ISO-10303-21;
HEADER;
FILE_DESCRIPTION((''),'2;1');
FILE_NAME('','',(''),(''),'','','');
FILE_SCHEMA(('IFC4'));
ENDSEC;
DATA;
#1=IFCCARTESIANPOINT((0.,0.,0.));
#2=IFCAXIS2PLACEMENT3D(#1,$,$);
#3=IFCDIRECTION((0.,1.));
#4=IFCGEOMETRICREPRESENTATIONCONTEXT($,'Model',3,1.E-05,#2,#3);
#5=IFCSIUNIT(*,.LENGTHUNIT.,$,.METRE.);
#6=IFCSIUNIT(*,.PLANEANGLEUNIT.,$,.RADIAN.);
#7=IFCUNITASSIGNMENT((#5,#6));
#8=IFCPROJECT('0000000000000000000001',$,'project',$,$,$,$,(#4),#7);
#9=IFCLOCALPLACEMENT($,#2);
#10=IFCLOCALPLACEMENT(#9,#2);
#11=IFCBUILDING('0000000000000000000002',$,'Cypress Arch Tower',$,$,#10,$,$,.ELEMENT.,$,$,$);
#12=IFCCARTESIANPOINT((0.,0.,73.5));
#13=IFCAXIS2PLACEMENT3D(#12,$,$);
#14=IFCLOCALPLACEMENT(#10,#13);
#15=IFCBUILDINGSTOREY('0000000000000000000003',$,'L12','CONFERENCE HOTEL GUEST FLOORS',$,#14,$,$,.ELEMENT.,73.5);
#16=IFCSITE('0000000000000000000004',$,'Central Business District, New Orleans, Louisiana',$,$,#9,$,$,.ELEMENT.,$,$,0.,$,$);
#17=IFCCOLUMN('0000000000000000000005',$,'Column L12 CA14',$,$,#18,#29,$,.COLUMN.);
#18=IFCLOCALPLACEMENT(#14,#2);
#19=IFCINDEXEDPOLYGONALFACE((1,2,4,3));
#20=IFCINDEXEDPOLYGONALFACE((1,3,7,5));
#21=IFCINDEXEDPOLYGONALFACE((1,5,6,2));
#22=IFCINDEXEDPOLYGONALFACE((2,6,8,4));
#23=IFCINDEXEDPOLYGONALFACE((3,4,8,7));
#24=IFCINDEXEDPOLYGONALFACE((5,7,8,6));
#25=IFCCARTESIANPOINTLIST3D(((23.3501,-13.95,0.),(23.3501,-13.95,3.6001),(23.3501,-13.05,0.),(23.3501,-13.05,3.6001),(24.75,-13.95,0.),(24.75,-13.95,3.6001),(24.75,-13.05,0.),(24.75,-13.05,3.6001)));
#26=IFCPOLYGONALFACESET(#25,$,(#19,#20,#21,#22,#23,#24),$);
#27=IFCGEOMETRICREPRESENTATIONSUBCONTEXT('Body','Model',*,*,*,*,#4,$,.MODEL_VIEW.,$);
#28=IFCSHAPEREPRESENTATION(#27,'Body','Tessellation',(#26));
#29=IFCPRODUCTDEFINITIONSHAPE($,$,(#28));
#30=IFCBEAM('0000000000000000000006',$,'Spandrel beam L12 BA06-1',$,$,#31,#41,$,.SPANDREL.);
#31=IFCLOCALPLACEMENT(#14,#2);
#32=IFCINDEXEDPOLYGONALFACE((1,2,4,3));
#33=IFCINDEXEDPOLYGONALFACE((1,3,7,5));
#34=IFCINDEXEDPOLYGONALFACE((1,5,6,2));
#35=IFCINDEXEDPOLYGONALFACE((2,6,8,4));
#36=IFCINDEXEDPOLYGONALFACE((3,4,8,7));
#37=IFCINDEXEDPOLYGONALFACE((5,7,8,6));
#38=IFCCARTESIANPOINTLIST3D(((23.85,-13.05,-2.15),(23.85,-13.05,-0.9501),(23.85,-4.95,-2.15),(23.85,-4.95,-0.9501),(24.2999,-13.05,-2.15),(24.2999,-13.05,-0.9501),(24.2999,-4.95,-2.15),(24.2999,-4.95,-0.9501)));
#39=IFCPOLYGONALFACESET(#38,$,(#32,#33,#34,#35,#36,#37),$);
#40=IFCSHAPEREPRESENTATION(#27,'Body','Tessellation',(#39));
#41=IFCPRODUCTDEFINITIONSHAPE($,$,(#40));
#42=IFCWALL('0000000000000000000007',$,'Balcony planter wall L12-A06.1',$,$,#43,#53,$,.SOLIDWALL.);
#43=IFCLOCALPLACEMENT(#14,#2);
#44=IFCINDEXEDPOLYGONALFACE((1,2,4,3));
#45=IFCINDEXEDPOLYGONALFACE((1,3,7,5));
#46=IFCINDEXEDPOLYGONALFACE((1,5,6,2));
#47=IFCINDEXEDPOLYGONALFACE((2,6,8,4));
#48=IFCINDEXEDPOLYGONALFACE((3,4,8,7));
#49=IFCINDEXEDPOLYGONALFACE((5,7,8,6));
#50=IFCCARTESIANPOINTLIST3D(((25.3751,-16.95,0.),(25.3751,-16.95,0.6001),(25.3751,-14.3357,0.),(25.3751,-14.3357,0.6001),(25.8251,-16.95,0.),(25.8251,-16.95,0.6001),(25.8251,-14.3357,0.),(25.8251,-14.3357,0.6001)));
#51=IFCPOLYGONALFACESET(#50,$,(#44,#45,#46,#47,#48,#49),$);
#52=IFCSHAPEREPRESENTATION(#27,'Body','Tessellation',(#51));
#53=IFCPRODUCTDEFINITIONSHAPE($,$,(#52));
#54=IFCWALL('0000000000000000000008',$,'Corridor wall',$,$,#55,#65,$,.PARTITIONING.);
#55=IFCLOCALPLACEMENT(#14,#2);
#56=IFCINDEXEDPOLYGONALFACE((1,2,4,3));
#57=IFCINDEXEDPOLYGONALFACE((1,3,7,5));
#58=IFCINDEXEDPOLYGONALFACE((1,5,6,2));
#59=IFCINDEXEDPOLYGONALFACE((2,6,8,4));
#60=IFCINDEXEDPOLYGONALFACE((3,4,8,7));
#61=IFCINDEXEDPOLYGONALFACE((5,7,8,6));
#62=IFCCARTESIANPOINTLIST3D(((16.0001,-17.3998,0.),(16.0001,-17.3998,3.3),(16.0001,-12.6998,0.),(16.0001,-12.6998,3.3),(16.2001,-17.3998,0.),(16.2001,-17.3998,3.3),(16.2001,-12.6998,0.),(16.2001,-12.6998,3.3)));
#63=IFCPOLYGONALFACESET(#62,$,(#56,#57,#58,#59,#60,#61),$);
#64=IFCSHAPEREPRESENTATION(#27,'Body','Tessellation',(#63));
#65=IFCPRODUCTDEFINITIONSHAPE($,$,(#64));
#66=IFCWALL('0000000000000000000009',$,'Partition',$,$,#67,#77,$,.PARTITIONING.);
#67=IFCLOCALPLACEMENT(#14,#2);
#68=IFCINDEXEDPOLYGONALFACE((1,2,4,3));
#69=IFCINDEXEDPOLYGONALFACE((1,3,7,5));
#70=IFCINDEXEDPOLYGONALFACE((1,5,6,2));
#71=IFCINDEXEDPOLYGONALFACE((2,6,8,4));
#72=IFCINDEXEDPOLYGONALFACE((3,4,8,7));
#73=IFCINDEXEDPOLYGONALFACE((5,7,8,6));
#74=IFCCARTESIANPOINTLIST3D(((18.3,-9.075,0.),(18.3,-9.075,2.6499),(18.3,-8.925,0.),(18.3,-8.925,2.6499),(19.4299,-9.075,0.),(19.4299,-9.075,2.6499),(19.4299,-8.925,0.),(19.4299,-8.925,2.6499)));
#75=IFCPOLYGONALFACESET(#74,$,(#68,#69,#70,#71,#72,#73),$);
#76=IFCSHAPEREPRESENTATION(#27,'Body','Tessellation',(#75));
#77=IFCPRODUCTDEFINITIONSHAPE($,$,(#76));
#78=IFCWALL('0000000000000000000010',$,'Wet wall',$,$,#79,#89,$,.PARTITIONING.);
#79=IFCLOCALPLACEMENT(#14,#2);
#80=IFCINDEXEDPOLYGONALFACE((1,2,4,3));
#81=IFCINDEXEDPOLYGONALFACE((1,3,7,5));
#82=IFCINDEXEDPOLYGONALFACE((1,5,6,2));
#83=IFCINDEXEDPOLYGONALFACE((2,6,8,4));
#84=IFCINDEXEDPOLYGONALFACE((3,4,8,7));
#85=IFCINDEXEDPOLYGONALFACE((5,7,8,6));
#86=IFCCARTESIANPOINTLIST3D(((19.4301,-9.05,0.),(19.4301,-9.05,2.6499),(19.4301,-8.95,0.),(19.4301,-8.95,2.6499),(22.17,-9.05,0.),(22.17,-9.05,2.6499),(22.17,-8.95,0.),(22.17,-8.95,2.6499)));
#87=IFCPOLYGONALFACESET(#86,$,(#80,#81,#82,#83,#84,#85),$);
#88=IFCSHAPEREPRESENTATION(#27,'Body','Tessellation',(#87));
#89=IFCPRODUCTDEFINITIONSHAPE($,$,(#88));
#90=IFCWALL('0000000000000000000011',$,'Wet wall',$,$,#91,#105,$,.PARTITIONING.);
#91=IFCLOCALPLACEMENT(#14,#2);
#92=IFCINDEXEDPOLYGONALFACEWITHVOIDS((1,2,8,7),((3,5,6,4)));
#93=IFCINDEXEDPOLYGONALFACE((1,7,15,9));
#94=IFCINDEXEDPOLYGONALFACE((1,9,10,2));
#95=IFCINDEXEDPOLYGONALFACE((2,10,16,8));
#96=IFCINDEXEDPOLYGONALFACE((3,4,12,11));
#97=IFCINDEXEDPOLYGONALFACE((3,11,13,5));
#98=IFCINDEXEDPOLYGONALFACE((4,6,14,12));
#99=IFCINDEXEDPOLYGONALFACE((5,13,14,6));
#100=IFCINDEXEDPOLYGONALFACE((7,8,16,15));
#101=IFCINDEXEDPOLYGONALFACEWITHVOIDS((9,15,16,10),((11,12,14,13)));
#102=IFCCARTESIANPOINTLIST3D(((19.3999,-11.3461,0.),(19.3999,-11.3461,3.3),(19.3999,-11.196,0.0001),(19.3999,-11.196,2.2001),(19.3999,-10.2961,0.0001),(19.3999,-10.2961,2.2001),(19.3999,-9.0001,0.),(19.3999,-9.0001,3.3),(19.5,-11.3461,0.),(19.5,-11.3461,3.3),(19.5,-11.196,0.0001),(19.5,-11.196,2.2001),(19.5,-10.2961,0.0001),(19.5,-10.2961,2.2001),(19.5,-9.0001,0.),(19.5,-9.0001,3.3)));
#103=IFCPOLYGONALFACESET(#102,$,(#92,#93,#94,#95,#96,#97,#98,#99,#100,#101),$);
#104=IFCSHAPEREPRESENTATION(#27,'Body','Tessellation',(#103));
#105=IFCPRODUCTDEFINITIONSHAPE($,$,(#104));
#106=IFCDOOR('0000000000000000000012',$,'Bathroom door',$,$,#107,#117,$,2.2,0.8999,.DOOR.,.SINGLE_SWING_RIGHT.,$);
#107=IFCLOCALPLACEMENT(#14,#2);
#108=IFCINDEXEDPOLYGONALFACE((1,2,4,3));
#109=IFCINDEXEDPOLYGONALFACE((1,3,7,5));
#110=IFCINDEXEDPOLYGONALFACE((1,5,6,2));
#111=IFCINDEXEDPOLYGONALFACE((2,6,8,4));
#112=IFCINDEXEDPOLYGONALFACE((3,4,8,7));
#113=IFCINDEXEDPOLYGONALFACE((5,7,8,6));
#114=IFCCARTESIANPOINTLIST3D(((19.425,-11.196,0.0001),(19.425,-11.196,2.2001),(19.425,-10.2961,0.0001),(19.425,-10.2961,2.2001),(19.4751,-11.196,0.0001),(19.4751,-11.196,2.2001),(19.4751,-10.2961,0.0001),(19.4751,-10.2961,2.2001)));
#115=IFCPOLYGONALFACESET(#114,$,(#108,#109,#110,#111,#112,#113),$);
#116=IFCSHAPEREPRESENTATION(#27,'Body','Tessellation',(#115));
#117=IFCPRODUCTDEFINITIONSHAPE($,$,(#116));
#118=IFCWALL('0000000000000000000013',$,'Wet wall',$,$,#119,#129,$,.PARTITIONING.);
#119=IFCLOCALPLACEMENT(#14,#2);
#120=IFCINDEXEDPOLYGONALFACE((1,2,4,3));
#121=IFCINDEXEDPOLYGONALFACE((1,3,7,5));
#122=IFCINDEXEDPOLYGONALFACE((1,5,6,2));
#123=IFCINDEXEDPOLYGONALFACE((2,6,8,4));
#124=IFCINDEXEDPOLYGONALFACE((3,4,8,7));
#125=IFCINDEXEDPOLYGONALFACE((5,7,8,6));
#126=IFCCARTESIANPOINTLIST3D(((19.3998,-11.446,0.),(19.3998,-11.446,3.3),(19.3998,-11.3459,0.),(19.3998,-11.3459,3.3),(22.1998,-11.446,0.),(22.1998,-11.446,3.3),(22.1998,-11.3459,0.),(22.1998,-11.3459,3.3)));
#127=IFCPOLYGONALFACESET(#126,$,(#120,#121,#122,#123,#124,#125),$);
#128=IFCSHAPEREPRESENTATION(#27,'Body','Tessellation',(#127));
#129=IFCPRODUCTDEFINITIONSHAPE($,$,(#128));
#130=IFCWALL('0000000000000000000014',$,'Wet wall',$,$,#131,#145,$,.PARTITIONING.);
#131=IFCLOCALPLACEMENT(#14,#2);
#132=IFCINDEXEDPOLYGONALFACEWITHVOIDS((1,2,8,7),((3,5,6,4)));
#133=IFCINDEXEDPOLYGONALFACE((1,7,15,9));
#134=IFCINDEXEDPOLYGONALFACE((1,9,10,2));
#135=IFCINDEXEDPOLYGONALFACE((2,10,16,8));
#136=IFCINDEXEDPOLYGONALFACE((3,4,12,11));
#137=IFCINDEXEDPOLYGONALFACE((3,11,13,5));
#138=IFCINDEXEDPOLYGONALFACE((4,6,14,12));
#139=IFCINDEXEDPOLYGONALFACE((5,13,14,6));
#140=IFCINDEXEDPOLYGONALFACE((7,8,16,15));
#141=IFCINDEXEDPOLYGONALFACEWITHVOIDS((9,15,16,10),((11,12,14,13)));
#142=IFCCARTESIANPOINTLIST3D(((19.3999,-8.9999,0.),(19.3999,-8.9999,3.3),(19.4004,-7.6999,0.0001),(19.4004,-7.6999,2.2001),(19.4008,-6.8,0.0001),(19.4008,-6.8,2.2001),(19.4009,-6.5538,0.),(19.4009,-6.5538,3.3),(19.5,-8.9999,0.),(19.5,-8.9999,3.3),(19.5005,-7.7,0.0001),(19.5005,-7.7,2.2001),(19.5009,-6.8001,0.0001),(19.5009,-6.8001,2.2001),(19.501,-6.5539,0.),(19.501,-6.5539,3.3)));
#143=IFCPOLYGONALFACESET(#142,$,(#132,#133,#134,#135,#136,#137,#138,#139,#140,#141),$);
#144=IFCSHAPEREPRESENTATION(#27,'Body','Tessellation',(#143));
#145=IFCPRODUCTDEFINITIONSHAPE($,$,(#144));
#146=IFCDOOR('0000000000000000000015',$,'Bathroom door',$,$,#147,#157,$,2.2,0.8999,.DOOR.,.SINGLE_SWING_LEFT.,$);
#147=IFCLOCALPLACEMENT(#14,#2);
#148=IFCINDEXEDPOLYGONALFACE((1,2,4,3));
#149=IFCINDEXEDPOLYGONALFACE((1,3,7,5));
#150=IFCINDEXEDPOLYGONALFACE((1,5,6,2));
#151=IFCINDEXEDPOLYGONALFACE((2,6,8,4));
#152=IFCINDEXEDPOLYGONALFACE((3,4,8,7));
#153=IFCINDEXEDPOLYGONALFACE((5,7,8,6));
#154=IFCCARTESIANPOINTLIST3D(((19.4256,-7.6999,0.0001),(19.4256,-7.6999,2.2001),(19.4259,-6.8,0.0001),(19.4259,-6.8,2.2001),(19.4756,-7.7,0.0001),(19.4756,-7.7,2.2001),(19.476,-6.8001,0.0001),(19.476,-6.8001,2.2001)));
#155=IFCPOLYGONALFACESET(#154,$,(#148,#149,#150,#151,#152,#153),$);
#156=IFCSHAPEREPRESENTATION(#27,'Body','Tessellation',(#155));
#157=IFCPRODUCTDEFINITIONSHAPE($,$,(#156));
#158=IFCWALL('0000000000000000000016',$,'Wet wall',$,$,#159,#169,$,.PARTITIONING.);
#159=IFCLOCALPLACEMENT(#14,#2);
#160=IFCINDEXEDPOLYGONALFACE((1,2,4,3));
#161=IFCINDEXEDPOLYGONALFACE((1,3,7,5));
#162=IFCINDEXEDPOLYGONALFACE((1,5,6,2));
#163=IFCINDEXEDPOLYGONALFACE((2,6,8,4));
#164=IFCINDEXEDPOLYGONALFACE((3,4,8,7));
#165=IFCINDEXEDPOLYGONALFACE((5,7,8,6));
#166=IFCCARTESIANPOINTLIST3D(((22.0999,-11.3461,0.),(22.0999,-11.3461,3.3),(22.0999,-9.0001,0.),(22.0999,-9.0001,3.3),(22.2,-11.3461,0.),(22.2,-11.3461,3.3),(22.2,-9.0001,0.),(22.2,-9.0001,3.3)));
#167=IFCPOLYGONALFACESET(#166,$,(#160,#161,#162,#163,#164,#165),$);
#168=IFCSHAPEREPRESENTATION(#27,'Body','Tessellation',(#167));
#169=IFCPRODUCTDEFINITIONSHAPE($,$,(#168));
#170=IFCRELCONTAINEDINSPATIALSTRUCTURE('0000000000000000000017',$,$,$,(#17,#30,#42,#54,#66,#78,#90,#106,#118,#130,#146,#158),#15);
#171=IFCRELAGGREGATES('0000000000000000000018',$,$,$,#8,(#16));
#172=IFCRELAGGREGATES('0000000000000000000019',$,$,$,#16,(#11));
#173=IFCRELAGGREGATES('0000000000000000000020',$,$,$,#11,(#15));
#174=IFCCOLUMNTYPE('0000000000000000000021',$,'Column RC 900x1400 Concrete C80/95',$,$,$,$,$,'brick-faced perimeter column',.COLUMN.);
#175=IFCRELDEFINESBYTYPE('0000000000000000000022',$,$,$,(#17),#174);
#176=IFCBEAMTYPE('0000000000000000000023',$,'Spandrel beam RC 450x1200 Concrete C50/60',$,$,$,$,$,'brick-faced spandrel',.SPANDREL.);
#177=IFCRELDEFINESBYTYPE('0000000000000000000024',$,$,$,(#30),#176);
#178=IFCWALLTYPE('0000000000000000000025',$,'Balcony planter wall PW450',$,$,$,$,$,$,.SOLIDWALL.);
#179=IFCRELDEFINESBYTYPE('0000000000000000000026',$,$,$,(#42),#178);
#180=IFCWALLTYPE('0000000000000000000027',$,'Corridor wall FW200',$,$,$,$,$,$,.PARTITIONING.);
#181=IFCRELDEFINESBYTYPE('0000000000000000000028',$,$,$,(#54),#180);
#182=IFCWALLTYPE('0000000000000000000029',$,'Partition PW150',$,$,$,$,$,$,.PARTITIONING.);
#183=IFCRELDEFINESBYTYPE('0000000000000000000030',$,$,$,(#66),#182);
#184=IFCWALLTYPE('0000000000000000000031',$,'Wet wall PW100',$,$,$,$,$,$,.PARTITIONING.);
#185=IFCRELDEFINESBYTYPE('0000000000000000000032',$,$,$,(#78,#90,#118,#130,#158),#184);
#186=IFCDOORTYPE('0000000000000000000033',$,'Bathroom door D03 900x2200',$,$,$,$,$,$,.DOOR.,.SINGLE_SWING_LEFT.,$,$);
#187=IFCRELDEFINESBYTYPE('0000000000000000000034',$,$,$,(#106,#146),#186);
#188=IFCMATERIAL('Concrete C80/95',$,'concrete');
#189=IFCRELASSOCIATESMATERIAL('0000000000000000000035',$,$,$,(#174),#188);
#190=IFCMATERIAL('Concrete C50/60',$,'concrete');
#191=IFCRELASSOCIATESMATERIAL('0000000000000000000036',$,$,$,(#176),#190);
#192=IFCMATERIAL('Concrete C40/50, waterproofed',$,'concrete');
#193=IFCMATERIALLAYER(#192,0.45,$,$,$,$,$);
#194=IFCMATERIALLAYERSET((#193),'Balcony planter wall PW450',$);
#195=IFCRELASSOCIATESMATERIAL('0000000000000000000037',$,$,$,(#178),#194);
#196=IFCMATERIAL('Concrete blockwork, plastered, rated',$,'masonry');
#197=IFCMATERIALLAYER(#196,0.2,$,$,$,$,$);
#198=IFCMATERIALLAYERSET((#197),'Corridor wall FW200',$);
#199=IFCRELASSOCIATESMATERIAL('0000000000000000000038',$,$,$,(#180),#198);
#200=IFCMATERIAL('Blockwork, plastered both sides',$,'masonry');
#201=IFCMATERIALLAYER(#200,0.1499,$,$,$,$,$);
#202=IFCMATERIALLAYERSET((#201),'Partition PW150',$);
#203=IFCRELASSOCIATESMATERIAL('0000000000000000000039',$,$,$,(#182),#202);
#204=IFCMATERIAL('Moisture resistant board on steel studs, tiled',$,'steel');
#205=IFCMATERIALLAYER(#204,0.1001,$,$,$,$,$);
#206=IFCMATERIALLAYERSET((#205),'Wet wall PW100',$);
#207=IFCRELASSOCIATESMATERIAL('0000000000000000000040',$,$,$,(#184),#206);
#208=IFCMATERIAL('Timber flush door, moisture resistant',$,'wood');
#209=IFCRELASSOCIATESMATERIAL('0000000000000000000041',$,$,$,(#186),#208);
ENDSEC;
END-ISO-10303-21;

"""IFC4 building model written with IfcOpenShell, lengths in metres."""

from ifc_helpers import new_model, si_unit, direction, frame, frame_2d, origin, origin_2d, place, context, subcontext, project, spatial, rectangle, extrude, material, layer, layer_set, material_profile, profile_set, type_object, element, fill, save


model = new_model("IFC4")

# Units and contexts
model_context = context("Model", 3, precision=1e-05, world=origin(), true_north=direction((0.0, 1.0)))
body_context = subcontext(model_context, "Body", "Model", "MODEL_VIEW")
ifc_project = project(units=[si_unit("LENGTHUNIT", "METRE"), si_unit("PLANEANGLEUNIT", "RADIAN")], contexts=[model_context])

# Site, building, storey
site_placement = place(None, origin())
site = spatial("IfcSite", under=ifc_project, at=site_placement, Name="Central Business District, New Orleans, Louisiana", CompositionType="ELEMENT", RefElevation=0.0)
building_placement = place(site_placement, origin())
building = spatial("IfcBuilding", under=site, at=building_placement, Name="Cypress Arch Tower", CompositionType="ELEMENT")
storey_placement = place(building_placement, frame((0.0, 0.0, 73.5)))
storey = spatial("IfcBuildingStorey", under=building, at=storey_placement, Name="L12", Description="CONFERENCE HOTEL GUEST FLOORS", CompositionType="ELEMENT", Elevation=73.5)

# Column
ifc_material_1 = material(Name="Concrete C80/95", Category="concrete")
ifc_material_profile_1 = material_profile(ifc_material_1, rectangle(XDim=0.8999, YDim=1.3999, at=origin_2d()), Name="RC 900x1400")
ifc_profile_set_1 = profile_set([ifc_material_profile_1], Name="Concrete C80/95")
column_type = type_object("IfcColumnType", Name="Column RC 900x1400 Concrete C80/95", ElementType="brick-faced perimeter column", PredefinedType="COLUMN", material=ifc_profile_set_1)
column_placement = place(storey_placement, frame((24.05, -13.5, 0.0), z_axis=(0.0, 0.0, 1.0), x_axis=(0.0, 1.0, 0.0)))
element("IfcColumn", 1, at=column_placement, inside=storey, type_object=column_type, Name="Column L12 CA14", PredefinedType="COLUMN", context=body_context, shape_type="SweptSolid", body=[
    extrude(rectangle(XDim=0.8999, YDim=1.3999, at=origin_2d()), origin(), (0.0, 0.0, 1.0), 3.6001),
])

# Beam
ifc_material_2 = material(Name="Concrete C50/60", Category="concrete")
ifc_material_profile_2 = material_profile(ifc_material_2, rectangle(XDim=0.45, YDim=1.2, at=origin_2d()), Name="RC 450x1200")
ifc_profile_set_2 = profile_set([ifc_material_profile_2], Name="Concrete C50/60")
beam_type = type_object("IfcBeamType", Name="Spandrel beam RC 450x1200 Concrete C50/60", ElementType="brick-faced spandrel", PredefinedType="SPANDREL", material=ifc_profile_set_2)
beam_placement = place(storey_placement, frame((24.075, -13.05, -1.55), z_axis=(0.0, 1.0, 0.0), x_axis=(-1.0, 0.0, 0.0)))
element("IfcBeam", 2, at=beam_placement, inside=storey, type_object=beam_type, Name="Spandrel beam L12 BA06-1", PredefinedType="SPANDREL", context=body_context, shape_type="SweptSolid", body=[
    extrude(rectangle(XDim=0.45, YDim=1.2, at=origin_2d()), origin(), (0.0, 0.0, 1.0), 8.1001),
])

# Wall
ifc_material_3 = material(Name="Concrete C40/50, waterproofed", Category="concrete")
ifc_layer_1 = layer(ifc_material_3, 0.45)
ifc_layer_set_1 = layer_set([ifc_layer_1], Name="Balcony planter wall PW450")
wall_type_1 = type_object("IfcWallType", Name="Balcony planter wall PW450", PredefinedType="SOLIDWALL", material=ifc_layer_set_1)
wall_1_placement = place(storey_placement, frame((25.6001, -16.95, 0.0), z_axis=(0.0, 0.0, 1.0), x_axis=(0.0, 1.0, 0.0)))
element("IfcWall", 3, at=wall_1_placement, inside=storey, type_object=wall_type_1, Name="Balcony planter wall L12-A06.1", PredefinedType="SOLIDWALL", context=body_context, shape_type="SweptSolid", body=[
    extrude(rectangle(XDim=2.6143, YDim=0.45, at=frame_2d((1.3071, 0.0))), origin(), (0.0, 0.0, 1.0), 0.6001),
])

# Walls
ifc_material_4 = material(Name="Concrete blockwork, plastered, rated", Category="masonry")
ifc_layer_2 = layer(ifc_material_4, 0.2)
ifc_layer_set_2 = layer_set([ifc_layer_2], Name="Corridor wall FW200")
wall_type_2 = type_object("IfcWallType", Name="Corridor wall FW200", PredefinedType="PARTITIONING", material=ifc_layer_set_2)
wall_2_placement = place(storey_placement, frame((16.1001, -17.3999, 0.0), z_axis=(0.0, 0.0, 1.0), x_axis=(0.0, 1.0, 0.0)))
element("IfcWall", 4, at=wall_2_placement, inside=storey, type_object=wall_type_2, Name="Corridor wall", PredefinedType="PARTITIONING", context=body_context, shape_type="SweptSolid", body=[
    extrude(rectangle(XDim=4.7, YDim=0.2, at=frame_2d((2.3501, 0.0))), origin(), (0.0, 0.0, 1.0), 3.3),
])
ifc_material_5 = material(Name="Blockwork, plastered both sides", Category="masonry")
ifc_layer_3 = layer(ifc_material_5, 0.1499)
ifc_layer_set_3 = layer_set([ifc_layer_3], Name="Partition PW150")
wall_type_3 = type_object("IfcWallType", Name="Partition PW150", PredefinedType="PARTITIONING", material=ifc_layer_set_3)
wall_3_placement = place(storey_placement, frame((18.3, -9.0, 0.0), z_axis=(0.0, 0.0, 1.0), x_axis=(1.0, 0.0, 0.0)))
element("IfcWall", 5, at=wall_3_placement, inside=storey, type_object=wall_type_3, Name="Partition", PredefinedType="PARTITIONING", context=body_context, shape_type="SweptSolid", body=[
    extrude(rectangle(XDim=1.1299, YDim=0.1499, at=frame_2d((0.5649, 0.0))), origin(), (0.0, 0.0, 1.0), 2.6499),
])
ifc_material_6 = material(Name="Moisture resistant board on steel studs, tiled", Category="steel")
ifc_layer_4 = layer(ifc_material_6, 0.1001)
ifc_layer_set_4 = layer_set([ifc_layer_4], Name="Wet wall PW100")
wall_type_4 = type_object("IfcWallType", Name="Wet wall PW100", PredefinedType="PARTITIONING", material=ifc_layer_set_4)
wall_4_placement = place(storey_placement, frame((19.4299, -9.0, 0.0), z_axis=(0.0, 0.0, 1.0), x_axis=(1.0, 0.0, 0.0)))
element("IfcWall", 6, at=wall_4_placement, inside=storey, type_object=wall_type_4, Name="Wet wall", PredefinedType="PARTITIONING", context=body_context, shape_type="SweptSolid", body=[
    extrude(rectangle(XDim=2.74, YDim=0.1001, at=frame_2d((1.3701, 0.0))), origin(), (0.0, 0.0, 1.0), 2.6499),
])

# Wall, opening, door
wall_5_placement = place(storey_placement, frame((19.45, -11.3459, 0.0), z_axis=(0.0, 0.0, 1.0), x_axis=(0.0, 1.0, 0.0)))
wall_5 = element("IfcWall", 7, at=wall_5_placement, inside=storey, type_object=wall_type_4, Name="Wet wall", PredefinedType="PARTITIONING", context=body_context, shape_type="SweptSolid", body=[
    extrude(rectangle(XDim=2.3459, YDim=0.1001, at=frame_2d((1.1729, 0.0))), origin(), (0.0, 0.0, 1.0), 3.3),
])
opening_1_placement = place(wall_5_placement, frame((0.1499, 0.0, 0.0)))
opening_1 = element("IfcOpeningElement", 8, at=opening_1_placement, cuts=wall_5, PredefinedType="OPENING", context=body_context, shape_type="SweptSolid", body=[
    extrude(rectangle(XDim=0.8999, YDim=2.2, at=frame_2d((0.45, 1.1001))), frame((0.0, 0.0601, 0.0), z_axis=(0.0, -1.0, 0.0), x_axis=(1.0, 0.0, 0.0)), (0.0, 0.0, 1.0), 0.1201),
])
ifc_material_7 = material(Name="Timber flush door, moisture resistant", Category="wood")
door_type_1 = type_object("IfcDoorType", Name="Bathroom door D03 900x2200", OperationType="SINGLE_SWING_LEFT", PredefinedType="DOOR", material=ifc_material_7)
door_1_placement = place(opening_1_placement, origin())
door_1 = element("IfcDoor", 9, at=door_1_placement, inside=storey, type_object=door_type_1, Name="Bathroom door", OperationType="SINGLE_SWING_RIGHT", OverallHeight=2.2, OverallWidth=0.8999, PredefinedType="DOOR", context=body_context, shape_type="SweptSolid", body=[
    extrude(rectangle(XDim=0.8999, YDim=2.2, at=frame_2d((0.45, 1.1001))), frame((0.0, 0.0249, 0.0), z_axis=(0.0, -1.0, 0.0), x_axis=(1.0, 0.0, 0.0)), (0.0, 0.0, 1.0), 0.05),
])
fill(opening_1, door_1)

# Wall
wall_6_placement = place(storey_placement, frame((19.3999, -11.396, 0.0), z_axis=(0.0, 0.0, 1.0), x_axis=(1.0, 0.0, 0.0)))
element("IfcWall", 10, at=wall_6_placement, inside=storey, type_object=wall_type_4, Name="Wet wall", PredefinedType="PARTITIONING", context=body_context, shape_type="SweptSolid", body=[
    extrude(rectangle(XDim=2.8, YDim=0.1001, at=frame_2d((1.3999, 0.0))), origin(), (0.0, 0.0, 1.0), 3.3),
])

# Wall, opening, door
wall_7_placement = place(storey_placement, frame((19.45, -9.0, 0.0), z_axis=(0.0, 0.0, 1.0), x_axis=(0.000399, 1.0, 0.0)))
wall_7 = element("IfcWall", 11, at=wall_7_placement, inside=storey, type_object=wall_type_4, Name="Wet wall", PredefinedType="PARTITIONING", context=body_context, shape_type="SweptSolid", body=[
    extrude(rectangle(XDim=2.446, YDim=0.1001, at=frame_2d((1.2231, 0.0))), origin(), (0.0, 0.0, 1.0), 3.3),
])
opening_2_placement = place(wall_7_placement, frame((1.3, 0.0, 0.0)))
opening_2 = element("IfcOpeningElement", 12, at=opening_2_placement, cuts=wall_7, PredefinedType="OPENING", context=body_context, shape_type="SweptSolid", body=[
    extrude(rectangle(XDim=0.8999, YDim=2.2, at=frame_2d((0.45, 1.1001))), frame((0.0, 0.0601, 0.0), z_axis=(0.0, -1.0, 0.0), x_axis=(1.0, 0.0, 0.0)), (0.0, 0.0, 1.0), 0.1201),
])
door_2_placement = place(opening_2_placement, origin())
door_2 = element("IfcDoor", 13, at=door_2_placement, inside=storey, type_object=door_type_1, Name="Bathroom door", OperationType="SINGLE_SWING_LEFT", OverallHeight=2.2, OverallWidth=0.8999, PredefinedType="DOOR", context=body_context, shape_type="SweptSolid", body=[
    extrude(rectangle(XDim=0.8999, YDim=2.2, at=frame_2d((0.45, 1.1001))), frame((0.0, 0.0249, 0.0), z_axis=(0.0, -1.0, 0.0), x_axis=(1.0, 0.0, 0.0)), (0.0, 0.0, 1.0), 0.05),
])
fill(opening_2, door_2)

# Wall
wall_8_placement = place(storey_placement, frame((22.1499, -11.3459, 0.0), z_axis=(0.0, 0.0, 1.0), x_axis=(0.0, 1.0, 0.0)))
element("IfcWall", 14, at=wall_8_placement, inside=storey, type_object=wall_type_4, Name="Wet wall", PredefinedType="PARTITIONING", context=body_context, shape_type="SweptSolid", body=[
    extrude(rectangle(XDim=2.3459, YDim=0.1001, at=frame_2d((1.1729, 0.0))), origin(), (0.0, 0.0, 1.0), 3.3),
])

save(model, "model.ifc")
